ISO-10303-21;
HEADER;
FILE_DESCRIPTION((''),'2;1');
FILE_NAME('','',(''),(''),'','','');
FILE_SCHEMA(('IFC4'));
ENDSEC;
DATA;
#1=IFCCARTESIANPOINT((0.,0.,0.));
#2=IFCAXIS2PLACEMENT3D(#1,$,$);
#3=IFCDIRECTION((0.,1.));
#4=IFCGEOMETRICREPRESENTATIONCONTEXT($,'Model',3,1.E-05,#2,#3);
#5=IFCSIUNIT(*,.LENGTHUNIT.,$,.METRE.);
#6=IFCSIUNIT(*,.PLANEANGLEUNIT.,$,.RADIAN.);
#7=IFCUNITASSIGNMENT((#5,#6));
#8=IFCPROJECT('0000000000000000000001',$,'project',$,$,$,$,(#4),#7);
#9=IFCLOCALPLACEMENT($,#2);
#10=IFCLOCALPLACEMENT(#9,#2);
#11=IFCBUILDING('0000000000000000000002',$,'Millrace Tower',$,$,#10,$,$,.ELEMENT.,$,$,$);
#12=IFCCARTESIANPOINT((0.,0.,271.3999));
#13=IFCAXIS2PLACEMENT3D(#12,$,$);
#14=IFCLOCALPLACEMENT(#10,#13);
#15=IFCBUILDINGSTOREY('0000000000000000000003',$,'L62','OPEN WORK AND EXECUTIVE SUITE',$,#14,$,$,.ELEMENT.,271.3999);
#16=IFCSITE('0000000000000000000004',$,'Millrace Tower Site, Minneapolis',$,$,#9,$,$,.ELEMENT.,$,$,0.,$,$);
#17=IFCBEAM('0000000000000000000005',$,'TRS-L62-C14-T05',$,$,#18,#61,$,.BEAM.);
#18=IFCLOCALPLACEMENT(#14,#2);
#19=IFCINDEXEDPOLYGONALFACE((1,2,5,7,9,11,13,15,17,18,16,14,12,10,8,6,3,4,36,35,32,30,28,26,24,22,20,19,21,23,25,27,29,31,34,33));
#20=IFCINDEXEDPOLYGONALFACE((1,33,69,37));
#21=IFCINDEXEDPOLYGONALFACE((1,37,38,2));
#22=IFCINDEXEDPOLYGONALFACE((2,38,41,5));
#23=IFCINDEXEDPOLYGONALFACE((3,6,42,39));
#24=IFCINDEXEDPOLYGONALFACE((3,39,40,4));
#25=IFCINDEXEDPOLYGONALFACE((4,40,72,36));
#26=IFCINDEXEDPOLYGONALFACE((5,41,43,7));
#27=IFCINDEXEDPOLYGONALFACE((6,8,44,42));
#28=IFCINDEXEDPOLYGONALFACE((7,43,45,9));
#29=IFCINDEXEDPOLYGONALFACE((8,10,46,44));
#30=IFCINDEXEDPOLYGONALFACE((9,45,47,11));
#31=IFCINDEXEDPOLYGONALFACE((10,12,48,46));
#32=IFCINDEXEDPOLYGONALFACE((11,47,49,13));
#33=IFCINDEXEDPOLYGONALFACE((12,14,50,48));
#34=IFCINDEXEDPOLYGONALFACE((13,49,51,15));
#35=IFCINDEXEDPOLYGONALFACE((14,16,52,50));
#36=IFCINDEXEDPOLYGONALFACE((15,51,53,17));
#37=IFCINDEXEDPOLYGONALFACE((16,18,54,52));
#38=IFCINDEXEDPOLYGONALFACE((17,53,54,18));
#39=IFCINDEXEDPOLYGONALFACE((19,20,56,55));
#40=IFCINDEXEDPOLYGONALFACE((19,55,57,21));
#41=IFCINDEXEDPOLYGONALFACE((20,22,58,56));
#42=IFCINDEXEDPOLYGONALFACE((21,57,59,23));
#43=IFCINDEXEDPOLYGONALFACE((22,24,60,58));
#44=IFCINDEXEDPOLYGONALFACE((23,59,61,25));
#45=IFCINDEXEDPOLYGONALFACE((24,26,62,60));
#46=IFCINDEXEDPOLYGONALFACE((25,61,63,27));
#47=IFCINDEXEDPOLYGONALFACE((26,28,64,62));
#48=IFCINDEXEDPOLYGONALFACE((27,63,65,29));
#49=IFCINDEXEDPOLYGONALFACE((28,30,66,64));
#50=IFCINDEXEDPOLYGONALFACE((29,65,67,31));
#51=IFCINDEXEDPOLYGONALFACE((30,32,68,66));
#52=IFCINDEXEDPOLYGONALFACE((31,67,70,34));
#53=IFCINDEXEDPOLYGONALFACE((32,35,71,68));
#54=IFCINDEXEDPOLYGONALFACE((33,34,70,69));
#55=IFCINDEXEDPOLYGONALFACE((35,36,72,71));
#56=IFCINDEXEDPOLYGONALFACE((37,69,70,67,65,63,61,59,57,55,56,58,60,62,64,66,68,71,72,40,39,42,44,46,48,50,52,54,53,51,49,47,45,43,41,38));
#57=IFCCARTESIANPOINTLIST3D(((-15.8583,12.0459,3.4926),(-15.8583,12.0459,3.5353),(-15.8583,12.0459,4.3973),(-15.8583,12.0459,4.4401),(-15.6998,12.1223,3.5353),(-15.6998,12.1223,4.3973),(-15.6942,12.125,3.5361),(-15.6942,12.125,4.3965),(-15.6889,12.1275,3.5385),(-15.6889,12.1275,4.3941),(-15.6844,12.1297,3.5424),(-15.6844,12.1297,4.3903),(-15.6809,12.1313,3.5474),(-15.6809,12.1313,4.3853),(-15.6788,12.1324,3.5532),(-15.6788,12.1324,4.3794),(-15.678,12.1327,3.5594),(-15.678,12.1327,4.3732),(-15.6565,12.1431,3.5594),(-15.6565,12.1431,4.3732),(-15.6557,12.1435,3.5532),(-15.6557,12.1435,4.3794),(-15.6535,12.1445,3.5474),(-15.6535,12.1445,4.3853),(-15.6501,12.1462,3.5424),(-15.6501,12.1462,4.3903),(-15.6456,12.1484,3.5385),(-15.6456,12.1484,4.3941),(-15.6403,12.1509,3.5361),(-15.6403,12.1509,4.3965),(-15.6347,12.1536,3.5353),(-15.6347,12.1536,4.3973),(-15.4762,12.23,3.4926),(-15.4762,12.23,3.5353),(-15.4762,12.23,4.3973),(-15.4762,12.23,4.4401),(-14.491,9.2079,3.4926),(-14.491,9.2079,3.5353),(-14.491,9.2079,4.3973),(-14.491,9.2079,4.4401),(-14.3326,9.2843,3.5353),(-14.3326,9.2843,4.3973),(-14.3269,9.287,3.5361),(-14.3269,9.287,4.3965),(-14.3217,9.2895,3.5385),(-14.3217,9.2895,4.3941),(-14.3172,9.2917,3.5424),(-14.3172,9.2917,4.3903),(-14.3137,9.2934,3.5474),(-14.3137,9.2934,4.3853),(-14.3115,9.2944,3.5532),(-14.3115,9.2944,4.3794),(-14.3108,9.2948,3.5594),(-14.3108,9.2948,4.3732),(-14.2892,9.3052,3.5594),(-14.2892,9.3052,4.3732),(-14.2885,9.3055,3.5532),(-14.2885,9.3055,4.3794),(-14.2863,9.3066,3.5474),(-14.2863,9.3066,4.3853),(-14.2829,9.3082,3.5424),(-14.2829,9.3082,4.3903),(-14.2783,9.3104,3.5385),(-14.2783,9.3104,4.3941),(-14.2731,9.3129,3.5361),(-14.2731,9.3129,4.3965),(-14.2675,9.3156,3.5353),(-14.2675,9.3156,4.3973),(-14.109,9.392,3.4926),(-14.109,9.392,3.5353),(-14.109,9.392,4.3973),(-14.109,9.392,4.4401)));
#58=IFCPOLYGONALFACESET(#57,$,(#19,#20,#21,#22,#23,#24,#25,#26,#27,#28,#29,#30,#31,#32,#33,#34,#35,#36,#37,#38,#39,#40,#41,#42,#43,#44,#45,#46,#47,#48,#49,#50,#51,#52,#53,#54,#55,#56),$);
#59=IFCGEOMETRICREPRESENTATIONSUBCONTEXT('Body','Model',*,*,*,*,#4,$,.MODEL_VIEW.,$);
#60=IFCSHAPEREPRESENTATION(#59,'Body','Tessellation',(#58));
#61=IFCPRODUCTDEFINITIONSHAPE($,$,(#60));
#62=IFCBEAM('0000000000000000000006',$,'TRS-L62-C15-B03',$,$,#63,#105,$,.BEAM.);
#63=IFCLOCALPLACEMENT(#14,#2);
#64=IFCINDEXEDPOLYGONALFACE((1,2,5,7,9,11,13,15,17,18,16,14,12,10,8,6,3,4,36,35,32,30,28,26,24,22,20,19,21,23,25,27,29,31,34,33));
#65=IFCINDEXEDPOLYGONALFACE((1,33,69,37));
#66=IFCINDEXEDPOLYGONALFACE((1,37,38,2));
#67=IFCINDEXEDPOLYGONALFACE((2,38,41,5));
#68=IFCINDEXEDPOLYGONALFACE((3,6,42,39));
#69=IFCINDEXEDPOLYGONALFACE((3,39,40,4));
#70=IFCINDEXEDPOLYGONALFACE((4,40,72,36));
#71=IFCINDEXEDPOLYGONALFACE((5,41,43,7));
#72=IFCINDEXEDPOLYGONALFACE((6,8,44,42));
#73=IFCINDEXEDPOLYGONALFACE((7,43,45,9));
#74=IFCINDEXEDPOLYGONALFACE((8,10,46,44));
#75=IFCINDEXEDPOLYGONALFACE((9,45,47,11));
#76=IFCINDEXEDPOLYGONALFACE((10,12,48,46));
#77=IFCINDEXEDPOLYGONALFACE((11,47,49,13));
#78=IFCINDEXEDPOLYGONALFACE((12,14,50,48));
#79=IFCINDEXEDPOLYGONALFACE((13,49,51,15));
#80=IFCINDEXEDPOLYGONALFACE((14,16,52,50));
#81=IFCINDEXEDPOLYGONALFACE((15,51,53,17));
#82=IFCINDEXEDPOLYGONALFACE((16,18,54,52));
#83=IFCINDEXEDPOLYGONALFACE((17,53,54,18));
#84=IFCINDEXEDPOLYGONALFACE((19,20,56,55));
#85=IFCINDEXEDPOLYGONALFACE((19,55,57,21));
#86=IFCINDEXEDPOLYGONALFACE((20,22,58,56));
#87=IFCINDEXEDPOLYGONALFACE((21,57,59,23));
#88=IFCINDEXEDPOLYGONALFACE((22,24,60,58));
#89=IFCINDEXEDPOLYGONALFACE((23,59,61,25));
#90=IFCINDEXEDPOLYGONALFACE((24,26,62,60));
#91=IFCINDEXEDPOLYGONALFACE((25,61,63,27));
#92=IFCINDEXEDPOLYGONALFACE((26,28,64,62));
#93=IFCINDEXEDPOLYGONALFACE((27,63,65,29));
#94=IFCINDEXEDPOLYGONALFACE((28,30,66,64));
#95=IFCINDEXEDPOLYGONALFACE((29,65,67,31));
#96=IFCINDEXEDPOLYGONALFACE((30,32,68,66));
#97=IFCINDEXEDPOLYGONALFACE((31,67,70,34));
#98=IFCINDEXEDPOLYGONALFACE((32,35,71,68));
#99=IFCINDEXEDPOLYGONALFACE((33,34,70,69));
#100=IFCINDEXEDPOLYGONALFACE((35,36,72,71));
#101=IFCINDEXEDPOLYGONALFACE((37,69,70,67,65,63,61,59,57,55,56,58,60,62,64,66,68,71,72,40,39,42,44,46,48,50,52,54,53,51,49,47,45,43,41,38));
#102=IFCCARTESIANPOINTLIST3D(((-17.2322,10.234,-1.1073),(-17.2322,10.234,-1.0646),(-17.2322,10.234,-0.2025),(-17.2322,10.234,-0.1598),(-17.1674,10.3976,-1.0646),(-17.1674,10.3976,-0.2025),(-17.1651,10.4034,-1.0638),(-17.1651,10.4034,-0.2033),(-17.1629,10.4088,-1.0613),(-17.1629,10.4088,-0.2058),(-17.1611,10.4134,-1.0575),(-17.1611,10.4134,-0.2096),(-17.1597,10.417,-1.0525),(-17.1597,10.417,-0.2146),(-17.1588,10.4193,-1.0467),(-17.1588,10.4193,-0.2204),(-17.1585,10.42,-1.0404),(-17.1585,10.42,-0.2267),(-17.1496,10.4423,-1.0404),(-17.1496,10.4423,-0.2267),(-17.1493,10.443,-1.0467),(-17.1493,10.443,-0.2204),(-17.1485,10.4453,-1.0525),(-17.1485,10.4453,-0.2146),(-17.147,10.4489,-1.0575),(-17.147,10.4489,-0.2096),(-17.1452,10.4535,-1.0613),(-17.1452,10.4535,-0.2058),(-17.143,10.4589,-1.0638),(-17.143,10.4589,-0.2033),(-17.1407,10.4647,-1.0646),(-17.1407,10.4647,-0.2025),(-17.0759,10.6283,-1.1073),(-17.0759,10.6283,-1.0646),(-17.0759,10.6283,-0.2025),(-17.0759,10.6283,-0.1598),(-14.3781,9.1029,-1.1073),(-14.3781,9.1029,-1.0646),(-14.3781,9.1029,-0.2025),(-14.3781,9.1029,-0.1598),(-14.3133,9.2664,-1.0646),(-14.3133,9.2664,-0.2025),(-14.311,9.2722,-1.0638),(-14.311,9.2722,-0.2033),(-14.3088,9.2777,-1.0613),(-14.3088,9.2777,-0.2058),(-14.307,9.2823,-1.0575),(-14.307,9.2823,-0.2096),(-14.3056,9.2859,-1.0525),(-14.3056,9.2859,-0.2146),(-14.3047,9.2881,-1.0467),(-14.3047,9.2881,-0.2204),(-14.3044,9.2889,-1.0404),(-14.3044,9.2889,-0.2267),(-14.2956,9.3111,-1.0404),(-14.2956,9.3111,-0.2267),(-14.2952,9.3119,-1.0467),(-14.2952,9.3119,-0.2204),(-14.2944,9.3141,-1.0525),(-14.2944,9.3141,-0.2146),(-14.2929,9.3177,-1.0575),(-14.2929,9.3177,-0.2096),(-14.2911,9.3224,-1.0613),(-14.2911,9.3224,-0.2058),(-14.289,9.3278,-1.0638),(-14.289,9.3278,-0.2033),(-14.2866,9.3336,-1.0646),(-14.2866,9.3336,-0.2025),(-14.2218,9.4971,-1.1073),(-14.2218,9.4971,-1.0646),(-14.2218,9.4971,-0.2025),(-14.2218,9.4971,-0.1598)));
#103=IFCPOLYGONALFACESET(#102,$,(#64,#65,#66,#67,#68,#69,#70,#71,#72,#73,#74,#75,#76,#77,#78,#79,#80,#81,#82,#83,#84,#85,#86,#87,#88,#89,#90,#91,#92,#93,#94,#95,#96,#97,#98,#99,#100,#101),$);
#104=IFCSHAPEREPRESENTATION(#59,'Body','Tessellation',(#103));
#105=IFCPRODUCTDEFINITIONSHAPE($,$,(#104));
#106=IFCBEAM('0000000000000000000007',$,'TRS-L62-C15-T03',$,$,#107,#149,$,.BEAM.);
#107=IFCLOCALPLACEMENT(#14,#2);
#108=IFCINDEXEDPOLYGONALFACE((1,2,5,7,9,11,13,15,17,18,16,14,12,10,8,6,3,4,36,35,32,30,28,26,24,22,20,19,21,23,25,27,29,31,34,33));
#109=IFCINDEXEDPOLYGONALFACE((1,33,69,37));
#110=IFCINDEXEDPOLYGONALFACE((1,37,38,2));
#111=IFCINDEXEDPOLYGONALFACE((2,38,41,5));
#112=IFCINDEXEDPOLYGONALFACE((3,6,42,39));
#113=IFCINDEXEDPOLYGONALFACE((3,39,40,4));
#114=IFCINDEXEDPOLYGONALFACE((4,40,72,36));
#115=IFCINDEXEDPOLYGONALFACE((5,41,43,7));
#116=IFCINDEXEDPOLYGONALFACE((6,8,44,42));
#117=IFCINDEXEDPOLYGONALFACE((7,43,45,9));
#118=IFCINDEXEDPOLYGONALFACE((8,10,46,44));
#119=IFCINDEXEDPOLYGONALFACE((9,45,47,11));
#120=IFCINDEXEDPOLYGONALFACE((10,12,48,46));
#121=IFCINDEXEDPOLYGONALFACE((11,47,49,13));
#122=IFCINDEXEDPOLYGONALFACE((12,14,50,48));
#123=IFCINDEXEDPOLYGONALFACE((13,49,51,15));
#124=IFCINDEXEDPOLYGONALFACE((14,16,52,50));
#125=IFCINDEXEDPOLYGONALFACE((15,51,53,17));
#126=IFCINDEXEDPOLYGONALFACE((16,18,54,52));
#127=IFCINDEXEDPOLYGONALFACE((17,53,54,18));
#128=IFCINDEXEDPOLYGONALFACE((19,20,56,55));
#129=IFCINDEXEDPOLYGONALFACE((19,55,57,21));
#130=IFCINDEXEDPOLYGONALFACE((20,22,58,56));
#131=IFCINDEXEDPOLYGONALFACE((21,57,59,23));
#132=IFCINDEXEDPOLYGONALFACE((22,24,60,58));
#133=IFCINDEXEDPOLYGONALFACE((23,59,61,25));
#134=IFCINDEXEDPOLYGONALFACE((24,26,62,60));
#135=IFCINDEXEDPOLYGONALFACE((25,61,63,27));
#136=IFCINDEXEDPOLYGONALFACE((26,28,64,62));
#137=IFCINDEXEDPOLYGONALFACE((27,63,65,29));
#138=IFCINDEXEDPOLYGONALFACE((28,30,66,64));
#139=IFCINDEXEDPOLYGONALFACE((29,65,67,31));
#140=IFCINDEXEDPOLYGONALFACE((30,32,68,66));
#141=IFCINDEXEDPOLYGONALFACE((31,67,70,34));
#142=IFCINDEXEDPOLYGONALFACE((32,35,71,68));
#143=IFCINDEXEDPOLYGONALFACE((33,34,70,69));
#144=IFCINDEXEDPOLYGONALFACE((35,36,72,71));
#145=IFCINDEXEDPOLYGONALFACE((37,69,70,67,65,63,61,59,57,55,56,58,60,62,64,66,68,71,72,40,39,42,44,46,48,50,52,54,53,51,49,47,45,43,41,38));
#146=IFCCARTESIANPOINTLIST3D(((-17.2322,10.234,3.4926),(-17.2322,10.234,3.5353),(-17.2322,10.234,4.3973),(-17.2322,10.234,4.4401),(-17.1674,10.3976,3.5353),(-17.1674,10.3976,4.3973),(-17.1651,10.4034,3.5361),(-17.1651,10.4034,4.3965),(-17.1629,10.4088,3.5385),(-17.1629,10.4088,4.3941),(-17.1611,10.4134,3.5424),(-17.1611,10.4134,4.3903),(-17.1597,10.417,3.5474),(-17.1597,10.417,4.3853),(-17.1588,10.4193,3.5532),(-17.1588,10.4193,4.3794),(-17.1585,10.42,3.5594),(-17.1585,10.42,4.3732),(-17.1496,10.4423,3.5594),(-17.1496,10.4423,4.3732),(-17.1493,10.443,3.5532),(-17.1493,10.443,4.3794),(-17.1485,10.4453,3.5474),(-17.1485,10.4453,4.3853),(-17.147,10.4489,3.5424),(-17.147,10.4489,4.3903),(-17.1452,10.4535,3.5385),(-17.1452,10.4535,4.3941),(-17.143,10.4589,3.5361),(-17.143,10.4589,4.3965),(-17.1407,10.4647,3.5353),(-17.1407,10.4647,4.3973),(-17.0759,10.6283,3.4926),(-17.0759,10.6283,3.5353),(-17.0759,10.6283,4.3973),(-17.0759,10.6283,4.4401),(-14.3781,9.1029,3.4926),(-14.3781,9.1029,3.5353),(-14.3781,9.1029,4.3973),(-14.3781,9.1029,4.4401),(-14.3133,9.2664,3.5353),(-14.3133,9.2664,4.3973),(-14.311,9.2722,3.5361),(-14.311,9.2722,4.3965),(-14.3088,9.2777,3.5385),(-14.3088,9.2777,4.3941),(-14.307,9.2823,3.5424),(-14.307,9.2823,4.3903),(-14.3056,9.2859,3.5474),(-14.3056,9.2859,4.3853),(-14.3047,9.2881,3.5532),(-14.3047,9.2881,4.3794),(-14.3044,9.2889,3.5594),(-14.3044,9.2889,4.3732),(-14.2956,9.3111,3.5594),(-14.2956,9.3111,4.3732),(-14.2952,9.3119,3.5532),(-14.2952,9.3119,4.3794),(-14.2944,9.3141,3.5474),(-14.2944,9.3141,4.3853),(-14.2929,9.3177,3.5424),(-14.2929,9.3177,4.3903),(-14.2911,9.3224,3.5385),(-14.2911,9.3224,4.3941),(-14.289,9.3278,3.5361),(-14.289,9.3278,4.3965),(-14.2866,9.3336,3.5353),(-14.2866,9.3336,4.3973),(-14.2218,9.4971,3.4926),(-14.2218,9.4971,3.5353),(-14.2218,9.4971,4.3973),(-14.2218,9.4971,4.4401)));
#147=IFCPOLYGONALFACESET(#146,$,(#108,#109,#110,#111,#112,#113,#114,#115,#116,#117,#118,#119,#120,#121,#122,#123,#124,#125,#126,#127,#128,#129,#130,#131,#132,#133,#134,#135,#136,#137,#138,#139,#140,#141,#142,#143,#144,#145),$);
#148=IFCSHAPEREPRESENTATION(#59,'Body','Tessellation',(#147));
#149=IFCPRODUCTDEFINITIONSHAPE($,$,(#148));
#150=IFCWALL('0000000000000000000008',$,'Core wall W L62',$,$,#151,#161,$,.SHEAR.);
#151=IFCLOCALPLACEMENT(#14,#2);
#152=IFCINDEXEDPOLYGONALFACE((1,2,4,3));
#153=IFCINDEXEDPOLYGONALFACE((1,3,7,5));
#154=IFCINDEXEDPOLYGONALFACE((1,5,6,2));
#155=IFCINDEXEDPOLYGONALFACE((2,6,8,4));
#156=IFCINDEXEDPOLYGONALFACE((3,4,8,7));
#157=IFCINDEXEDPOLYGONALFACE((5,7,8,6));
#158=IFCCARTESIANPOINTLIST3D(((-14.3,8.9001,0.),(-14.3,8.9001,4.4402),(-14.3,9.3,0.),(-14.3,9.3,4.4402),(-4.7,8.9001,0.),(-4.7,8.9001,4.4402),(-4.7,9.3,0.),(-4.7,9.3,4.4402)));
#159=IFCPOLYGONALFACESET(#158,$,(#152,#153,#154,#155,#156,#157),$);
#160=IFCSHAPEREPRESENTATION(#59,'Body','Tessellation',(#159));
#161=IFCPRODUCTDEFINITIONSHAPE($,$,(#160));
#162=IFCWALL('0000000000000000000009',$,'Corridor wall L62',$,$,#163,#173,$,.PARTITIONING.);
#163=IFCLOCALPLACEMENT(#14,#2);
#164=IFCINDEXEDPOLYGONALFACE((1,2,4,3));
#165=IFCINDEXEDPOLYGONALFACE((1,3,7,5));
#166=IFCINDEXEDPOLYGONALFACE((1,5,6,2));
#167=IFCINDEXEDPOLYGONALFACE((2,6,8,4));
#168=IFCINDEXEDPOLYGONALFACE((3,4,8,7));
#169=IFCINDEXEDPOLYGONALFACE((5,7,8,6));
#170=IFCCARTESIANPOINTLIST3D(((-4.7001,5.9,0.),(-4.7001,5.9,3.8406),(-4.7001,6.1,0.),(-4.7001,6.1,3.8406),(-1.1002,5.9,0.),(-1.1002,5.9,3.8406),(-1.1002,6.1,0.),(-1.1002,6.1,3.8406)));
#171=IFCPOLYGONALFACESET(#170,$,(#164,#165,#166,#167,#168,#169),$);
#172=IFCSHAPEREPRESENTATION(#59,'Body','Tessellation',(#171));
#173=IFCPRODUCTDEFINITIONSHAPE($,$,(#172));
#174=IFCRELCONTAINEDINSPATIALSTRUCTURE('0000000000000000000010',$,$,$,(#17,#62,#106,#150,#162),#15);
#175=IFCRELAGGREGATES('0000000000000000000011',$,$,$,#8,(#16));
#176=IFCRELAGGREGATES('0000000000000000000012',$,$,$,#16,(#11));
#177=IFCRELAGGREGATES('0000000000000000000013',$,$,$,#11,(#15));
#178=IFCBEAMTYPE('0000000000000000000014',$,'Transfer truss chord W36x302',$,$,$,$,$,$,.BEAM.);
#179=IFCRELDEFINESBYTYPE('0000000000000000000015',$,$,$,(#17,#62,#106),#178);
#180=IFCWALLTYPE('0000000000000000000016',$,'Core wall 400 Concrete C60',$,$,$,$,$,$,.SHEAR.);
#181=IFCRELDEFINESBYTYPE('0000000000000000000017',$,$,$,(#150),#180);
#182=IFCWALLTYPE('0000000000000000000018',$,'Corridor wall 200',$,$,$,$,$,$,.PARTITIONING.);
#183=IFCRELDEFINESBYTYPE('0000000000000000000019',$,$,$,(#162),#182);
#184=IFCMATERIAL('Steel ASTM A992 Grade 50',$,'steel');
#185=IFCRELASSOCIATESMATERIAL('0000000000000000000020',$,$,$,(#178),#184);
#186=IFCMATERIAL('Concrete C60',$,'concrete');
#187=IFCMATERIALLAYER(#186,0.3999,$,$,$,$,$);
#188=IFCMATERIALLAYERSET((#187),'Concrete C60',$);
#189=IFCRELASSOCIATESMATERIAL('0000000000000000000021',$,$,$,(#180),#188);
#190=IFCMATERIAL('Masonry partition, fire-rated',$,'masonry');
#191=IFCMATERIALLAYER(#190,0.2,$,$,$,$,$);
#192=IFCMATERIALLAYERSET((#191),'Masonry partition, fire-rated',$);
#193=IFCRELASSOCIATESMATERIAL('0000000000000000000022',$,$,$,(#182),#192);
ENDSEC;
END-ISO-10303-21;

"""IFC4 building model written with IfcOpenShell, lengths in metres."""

from ifc_helpers import new_model, si_unit, direction, frame, frame_2d, origin, origin_2d, place, context, subcontext, project, spatial, rectangle, i_section, extrude, material, layer, layer_set, material_profile, profile_set, type_object, element, save


model = new_model("IFC4")

# Units and contexts
model_context = context("Model", 3, precision=1e-05, world=origin(), true_north=direction((0.0, 1.0)))
body_context = subcontext(model_context, "Body", "Model", "MODEL_VIEW")
ifc_project = project(units=[si_unit("LENGTHUNIT", "METRE"), si_unit("PLANEANGLEUNIT", "RADIAN")], contexts=[model_context])

# Site, building, storey
site_placement = place(None, origin())
site = spatial("IfcSite", under=ifc_project, at=site_placement, Name="Millrace Tower Site, Minneapolis", CompositionType="ELEMENT", RefElevation=0.0)
building_placement = place(site_placement, origin())
building = spatial("IfcBuilding", under=site, at=building_placement, Name="Millrace Tower", CompositionType="ELEMENT")
storey_placement = place(building_placement, frame((0.0, 0.0, 271.3999)))
storey = spatial("IfcBuildingStorey", under=building, at=storey_placement, Name="L62", Description="OPEN WORK AND EXECUTIVE SUITE", CompositionType="ELEMENT", Elevation=271.3999)

# Beams
ifc_material_1 = material(Name="Steel ASTM A992 Grade 50", Category="steel")
ifc_material_profile_1 = material_profile(ifc_material_1, i_section(OverallWidth=0.4241, OverallDepth=0.9475, WebThickness=0.0239, FlangeThickness=0.0427, FilletRadius=0.0242, at=origin_2d()))
ifc_profile_set_1 = profile_set([ifc_material_profile_1], Name="Steel ASTM A992 Grade 50")
beam_type_1 = type_object("IfcBeamType", Name="Transfer truss chord W36x302", PredefinedType="BEAM", material=ifc_profile_set_1)
for number, where, z_axis, x_axis, name in (
    (1, (-15.6672, 12.1379, 3.9663), (0.434021, -0.900903, 0.0), (0.900903, 0.434021, 0.0), "TRS-L62-C14-T05"),
):
    element("IfcBeam", number, at=place(storey_placement, frame(where, z_axis=z_axis, x_axis=x_axis)), inside=storey, type_object=beam_type_1, Name=name, PredefinedType="BEAM", context=body_context, shape_type="SweptSolid", body=[
        extrude(i_section(OverallWidth=0.4241, OverallDepth=0.9475, WebThickness=0.0239, FlangeThickness=0.0427, FilletRadius=0.0242, at=origin_2d()), origin(), (0.0, 0.0, 1.0), 3.1501),
    ])
for number, where, z_axis, x_axis, name in (
    (2, (-17.1541, 10.4312, -0.6335), (0.929651, -0.368441, 0.0), (0.368441, 0.929651, 0.0), "TRS-L62-C15-B03"),
    (3, (-17.1541, 10.4312, 3.9663), (0.929651, -0.368441, 0.0), (0.368441, 0.929651, 0.0), "TRS-L62-C15-T03"),
):
    element("IfcBeam", number, at=place(storey_placement, frame(where, z_axis=z_axis, x_axis=x_axis)), inside=storey, type_object=beam_type_1, Name=name, PredefinedType="BEAM", context=body_context, shape_type="SweptSolid", body=[
        extrude(i_section(OverallWidth=0.4241, OverallDepth=0.9475, WebThickness=0.0239, FlangeThickness=0.0427, FilletRadius=0.0242, at=origin_2d()), origin(), (0.0, 0.0, 1.0), 3.0701),
    ])

# Walls
ifc_material_2 = material(Name="Concrete C60", Category="concrete")
ifc_layer_1 = layer(ifc_material_2, 0.3999)
ifc_layer_set_1 = layer_set([ifc_layer_1], Name="Concrete C60")
wall_type_1 = type_object("IfcWallType", Name="Core wall 400 Concrete C60", PredefinedType="SHEAR", material=ifc_layer_set_1)
wall_1_placement = place(storey_placement, frame((-14.3, 9.1001, 0.0), z_axis=(0.0, 0.0, 1.0), x_axis=(1.0, 0.0, 0.0)))
element("IfcWall", 4, at=wall_1_placement, inside=storey, type_object=wall_type_1, Name="Core wall W L62", PredefinedType="SHEAR", context=body_context, shape_type="SweptSolid", body=[
    extrude(rectangle(XDim=9.6001, YDim=0.3999, at=frame_2d((4.8, 0.0))), origin(), (0.0, 0.0, 1.0), 4.4402),
])
ifc_material_3 = material(Name="Masonry partition, fire-rated", Category="masonry")
ifc_layer_2 = layer(ifc_material_3, 0.2)
ifc_layer_set_2 = layer_set([ifc_layer_2], Name="Masonry partition, fire-rated")
wall_type_2 = type_object("IfcWallType", Name="Corridor wall 200", PredefinedType="PARTITIONING", material=ifc_layer_set_2)
wall_2_placement = place(storey_placement, frame((-4.7, 6.0, 0.0), z_axis=(0.0, 0.0, 1.0), x_axis=(1.0, 0.0, 0.0)))
element("IfcWall", 5, at=wall_2_placement, inside=storey, type_object=wall_type_2, Name="Corridor wall L62", PredefinedType="PARTITIONING", context=body_context, shape_type="SweptSolid", body=[
    extrude(rectangle(XDim=3.5999, YDim=0.2, at=frame_2d((1.7998, 0.0))), origin(), (0.0, 0.0, 1.0), 3.8406),
])

save(model, "model.ifc")
